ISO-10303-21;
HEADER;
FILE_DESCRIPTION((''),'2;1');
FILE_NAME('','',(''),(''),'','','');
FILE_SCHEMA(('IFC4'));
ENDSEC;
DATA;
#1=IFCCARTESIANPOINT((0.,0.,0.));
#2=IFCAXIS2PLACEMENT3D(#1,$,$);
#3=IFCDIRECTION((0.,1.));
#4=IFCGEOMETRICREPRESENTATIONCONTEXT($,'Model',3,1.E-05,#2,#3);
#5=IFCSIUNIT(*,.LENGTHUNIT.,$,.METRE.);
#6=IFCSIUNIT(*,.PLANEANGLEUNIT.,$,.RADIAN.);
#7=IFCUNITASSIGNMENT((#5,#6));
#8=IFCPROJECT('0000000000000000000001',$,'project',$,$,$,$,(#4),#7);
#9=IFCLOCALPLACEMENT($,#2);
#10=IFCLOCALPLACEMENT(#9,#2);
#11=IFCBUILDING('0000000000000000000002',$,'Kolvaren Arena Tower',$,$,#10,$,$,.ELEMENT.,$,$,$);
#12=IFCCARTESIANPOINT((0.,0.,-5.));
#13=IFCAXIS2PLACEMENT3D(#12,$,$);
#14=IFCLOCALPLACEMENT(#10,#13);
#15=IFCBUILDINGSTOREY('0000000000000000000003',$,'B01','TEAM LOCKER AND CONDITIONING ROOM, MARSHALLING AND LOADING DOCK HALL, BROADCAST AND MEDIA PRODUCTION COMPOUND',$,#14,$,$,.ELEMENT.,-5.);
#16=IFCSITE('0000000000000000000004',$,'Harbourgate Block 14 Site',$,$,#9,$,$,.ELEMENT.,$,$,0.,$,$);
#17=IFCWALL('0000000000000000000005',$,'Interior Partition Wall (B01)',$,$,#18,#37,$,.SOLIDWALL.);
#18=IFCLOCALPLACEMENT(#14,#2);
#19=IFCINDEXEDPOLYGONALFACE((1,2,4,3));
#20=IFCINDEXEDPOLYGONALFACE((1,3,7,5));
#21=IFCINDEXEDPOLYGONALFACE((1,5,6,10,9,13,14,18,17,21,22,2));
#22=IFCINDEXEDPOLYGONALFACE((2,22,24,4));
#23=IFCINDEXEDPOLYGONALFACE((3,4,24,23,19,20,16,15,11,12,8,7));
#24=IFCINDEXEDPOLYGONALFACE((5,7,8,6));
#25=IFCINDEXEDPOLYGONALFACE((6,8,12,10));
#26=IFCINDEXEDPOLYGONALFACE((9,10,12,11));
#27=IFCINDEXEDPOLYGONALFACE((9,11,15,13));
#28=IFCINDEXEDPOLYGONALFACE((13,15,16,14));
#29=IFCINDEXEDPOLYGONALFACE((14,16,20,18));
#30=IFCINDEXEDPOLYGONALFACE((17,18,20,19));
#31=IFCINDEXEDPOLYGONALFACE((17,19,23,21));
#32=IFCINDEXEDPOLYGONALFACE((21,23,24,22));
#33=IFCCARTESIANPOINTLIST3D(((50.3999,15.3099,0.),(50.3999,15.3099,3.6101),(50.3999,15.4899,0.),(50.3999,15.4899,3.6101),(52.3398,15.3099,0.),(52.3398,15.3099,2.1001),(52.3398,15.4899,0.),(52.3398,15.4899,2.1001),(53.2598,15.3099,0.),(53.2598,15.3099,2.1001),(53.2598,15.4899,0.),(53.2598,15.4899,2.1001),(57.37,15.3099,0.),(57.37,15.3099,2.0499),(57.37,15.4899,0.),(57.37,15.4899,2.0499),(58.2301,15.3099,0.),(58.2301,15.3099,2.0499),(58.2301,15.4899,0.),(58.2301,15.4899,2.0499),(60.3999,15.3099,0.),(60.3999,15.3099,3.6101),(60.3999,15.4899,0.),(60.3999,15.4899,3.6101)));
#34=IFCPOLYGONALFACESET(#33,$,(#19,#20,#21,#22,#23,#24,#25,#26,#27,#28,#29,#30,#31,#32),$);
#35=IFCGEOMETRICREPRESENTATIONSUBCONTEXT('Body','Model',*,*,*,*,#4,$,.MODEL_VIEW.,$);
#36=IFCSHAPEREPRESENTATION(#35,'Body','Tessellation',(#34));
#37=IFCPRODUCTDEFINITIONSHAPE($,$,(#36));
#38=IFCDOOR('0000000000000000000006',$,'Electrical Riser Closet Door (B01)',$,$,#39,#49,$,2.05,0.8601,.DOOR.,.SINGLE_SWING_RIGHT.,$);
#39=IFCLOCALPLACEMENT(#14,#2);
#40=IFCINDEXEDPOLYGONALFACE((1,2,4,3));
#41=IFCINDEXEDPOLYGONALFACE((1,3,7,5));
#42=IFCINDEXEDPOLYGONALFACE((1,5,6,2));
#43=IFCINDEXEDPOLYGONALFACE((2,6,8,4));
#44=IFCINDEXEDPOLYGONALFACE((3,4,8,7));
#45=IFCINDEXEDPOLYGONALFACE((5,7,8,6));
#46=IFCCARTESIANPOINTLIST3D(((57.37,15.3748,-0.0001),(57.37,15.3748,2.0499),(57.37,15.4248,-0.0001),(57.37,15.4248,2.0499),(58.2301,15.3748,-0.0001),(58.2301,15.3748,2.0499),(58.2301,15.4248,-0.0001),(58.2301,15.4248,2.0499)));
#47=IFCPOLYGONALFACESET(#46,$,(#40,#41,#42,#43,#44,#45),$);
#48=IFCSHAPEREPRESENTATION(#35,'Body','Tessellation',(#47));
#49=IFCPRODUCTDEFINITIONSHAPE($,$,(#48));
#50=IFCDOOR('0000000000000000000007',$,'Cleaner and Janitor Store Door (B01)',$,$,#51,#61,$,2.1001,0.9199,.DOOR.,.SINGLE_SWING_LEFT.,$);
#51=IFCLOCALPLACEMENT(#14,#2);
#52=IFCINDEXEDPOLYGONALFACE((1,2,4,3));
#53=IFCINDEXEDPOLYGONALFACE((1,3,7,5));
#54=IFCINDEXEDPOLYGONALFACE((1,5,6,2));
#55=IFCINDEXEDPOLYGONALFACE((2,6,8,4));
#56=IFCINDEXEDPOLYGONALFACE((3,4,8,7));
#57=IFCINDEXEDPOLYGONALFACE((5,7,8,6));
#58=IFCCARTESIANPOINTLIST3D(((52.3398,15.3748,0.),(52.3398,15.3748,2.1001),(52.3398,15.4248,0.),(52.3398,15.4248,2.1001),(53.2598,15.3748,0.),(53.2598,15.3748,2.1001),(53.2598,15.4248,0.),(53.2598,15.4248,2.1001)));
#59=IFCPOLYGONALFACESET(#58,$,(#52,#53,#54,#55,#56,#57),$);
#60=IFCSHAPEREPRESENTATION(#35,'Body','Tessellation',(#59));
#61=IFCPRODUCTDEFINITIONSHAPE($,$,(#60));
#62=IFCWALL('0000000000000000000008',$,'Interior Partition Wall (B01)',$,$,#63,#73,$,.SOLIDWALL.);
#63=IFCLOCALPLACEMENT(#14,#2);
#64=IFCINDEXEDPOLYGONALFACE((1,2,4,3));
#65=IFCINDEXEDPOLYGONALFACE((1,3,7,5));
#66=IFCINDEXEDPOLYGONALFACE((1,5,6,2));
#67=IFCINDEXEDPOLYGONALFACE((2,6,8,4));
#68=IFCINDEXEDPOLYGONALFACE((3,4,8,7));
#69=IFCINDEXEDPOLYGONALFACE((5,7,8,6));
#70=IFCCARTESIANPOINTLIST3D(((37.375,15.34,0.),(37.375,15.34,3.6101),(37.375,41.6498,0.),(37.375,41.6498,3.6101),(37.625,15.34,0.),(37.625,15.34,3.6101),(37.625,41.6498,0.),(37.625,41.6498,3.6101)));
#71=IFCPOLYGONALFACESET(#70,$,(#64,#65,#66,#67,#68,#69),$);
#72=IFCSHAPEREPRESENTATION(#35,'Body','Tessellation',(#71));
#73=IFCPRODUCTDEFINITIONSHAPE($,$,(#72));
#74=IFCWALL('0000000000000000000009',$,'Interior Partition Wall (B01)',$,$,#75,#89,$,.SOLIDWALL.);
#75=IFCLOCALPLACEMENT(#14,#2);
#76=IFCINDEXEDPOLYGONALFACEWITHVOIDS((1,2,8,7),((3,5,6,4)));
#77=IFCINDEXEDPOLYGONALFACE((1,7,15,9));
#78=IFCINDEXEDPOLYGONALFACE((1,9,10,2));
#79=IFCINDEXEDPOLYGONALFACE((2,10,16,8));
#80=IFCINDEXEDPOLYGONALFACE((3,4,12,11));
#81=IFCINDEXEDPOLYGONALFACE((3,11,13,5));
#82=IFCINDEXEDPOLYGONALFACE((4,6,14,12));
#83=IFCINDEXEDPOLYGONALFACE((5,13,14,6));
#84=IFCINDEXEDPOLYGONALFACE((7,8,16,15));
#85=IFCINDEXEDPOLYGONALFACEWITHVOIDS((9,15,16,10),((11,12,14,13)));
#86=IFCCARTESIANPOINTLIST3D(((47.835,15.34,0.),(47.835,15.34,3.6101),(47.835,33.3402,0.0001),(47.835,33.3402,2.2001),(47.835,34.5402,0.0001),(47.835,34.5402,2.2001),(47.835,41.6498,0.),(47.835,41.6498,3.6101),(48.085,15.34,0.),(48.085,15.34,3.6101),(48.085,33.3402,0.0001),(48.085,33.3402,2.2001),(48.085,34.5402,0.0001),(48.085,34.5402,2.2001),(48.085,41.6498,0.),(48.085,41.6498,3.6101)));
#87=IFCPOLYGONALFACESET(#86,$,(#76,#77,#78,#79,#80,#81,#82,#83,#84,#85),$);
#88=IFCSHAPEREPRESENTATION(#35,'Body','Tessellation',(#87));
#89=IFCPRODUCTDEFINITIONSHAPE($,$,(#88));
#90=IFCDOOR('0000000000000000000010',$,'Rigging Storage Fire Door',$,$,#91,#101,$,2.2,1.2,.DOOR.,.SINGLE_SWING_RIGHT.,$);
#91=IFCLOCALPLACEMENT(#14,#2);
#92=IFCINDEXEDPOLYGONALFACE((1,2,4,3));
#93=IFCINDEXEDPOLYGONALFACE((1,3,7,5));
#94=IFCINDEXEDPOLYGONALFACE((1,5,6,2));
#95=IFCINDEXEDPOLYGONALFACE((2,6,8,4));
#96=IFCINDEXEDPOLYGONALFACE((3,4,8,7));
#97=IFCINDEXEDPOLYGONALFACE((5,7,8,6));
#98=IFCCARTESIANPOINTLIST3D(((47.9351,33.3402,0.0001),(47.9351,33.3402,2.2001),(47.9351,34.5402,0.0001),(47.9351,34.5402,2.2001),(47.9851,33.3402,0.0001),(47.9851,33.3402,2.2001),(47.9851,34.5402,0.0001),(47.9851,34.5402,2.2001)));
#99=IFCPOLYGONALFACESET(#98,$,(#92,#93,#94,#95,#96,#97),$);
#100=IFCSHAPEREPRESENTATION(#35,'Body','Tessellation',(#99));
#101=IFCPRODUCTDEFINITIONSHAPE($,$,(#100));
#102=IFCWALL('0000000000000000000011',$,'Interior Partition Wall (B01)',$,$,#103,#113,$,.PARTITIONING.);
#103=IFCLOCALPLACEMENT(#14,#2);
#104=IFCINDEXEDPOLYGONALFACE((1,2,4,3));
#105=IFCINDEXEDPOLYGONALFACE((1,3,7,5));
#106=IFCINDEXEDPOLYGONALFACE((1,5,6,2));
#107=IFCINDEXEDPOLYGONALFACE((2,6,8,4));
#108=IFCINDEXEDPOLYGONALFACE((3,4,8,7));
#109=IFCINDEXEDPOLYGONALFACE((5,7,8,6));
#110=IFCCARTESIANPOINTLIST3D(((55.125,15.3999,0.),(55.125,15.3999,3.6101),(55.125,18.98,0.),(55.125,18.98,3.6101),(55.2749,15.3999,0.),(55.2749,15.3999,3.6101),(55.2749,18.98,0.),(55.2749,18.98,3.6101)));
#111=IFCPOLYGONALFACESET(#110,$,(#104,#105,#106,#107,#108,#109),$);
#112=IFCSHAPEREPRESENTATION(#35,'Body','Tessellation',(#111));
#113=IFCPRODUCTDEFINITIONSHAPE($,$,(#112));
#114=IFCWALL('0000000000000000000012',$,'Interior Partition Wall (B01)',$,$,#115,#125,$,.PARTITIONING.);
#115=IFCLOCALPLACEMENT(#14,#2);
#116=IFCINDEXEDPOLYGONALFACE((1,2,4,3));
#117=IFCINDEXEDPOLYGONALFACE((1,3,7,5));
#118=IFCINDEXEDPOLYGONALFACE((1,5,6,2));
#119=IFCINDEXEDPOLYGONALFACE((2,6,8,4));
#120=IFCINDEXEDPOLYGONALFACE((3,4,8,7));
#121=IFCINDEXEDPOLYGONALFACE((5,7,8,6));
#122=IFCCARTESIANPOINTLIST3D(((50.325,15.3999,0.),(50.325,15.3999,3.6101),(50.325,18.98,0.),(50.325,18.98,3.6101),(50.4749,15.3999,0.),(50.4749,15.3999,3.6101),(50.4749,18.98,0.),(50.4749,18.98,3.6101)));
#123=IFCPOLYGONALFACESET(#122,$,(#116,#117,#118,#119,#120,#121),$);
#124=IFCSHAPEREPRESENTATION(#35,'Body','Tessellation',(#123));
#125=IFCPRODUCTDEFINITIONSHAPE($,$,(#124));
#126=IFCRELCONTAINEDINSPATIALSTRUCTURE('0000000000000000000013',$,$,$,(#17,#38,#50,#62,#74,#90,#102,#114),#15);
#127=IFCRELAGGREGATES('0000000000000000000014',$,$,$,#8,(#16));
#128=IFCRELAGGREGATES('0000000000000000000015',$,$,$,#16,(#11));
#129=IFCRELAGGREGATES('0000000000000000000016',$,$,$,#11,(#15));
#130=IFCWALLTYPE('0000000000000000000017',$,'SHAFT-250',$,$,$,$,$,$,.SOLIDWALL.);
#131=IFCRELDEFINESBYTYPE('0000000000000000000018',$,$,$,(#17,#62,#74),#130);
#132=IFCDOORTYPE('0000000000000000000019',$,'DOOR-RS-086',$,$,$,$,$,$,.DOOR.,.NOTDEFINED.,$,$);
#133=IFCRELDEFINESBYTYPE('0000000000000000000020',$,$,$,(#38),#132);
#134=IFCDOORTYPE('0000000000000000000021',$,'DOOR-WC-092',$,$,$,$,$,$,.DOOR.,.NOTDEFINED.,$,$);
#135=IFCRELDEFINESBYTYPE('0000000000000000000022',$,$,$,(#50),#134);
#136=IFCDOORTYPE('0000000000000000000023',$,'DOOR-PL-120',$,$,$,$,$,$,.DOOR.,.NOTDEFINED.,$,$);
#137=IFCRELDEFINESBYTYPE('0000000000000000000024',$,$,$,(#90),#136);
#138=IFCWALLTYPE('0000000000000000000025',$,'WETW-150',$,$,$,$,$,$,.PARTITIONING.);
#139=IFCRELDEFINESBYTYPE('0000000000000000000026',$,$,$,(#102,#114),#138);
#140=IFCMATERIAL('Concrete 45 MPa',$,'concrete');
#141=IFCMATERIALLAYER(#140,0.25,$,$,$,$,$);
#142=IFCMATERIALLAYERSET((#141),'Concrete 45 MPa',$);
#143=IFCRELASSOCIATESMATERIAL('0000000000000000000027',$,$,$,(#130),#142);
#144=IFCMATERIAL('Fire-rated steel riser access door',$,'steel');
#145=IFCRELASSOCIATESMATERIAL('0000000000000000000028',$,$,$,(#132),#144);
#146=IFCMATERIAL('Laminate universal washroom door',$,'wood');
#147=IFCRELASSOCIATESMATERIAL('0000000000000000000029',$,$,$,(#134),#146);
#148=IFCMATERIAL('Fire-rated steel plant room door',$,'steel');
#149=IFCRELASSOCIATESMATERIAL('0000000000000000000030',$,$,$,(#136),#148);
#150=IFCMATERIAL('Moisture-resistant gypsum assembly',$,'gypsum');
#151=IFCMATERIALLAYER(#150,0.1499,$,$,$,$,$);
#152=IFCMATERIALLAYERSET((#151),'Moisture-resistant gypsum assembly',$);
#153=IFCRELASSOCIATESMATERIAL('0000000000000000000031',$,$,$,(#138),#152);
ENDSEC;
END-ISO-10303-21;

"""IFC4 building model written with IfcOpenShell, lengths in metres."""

from ifc_helpers import new_model, si_unit, direction, frame, frame_2d, origin, place, context, subcontext, project, spatial, rectangle, extrude, material, layer, layer_set, type_object, element, fill, save


model = new_model("IFC4")

# Units and contexts
model_context = context("Model", 3, precision=1e-05, world=origin(), true_north=direction((0.0, 1.0)))
body_context = subcontext(model_context, "Body", "Model", "MODEL_VIEW")
ifc_project = project(units=[si_unit("LENGTHUNIT", "METRE"), si_unit("PLANEANGLEUNIT", "RADIAN")], contexts=[model_context])

# Site, building, storey
site_placement = place(None, origin())
site = spatial("IfcSite", under=ifc_project, at=site_placement, Name="Harbourgate Block 14 Site", CompositionType="ELEMENT", RefElevation=0.0)
building_placement = place(site_placement, origin())
building = spatial("IfcBuilding", under=site, at=building_placement, Name="Kolvaren Arena Tower", CompositionType="ELEMENT")
storey_placement = place(building_placement, frame((0.0, 0.0, -5.0)))
storey = spatial("IfcBuildingStorey", under=building, at=storey_placement, Name="B01", Description="TEAM LOCKER AND CONDITIONING ROOM, MARSHALLING AND LOADING DOCK HALL, BROADCAST AND MEDIA PRODUCTION COMPOUND", CompositionType="ELEMENT", Elevation=-5.0)

# Shared definitions
ifc_material_1 = material(Name="Concrete 45 MPa", Category="concrete")
ifc_layer_1 = layer(ifc_material_1, 0.25)
ifc_layer_set_1 = layer_set([ifc_layer_1], Name="Concrete 45 MPa")
wall_type_1 = type_object("IfcWallType", Name="SHAFT-250", PredefinedType="SOLIDWALL", material=ifc_layer_set_1)

# Wall, openings, doors
wall_1_placement = place(storey_placement, frame((50.3999, 15.3999, 0.0), z_axis=(0.0, 0.0, 1.0), x_axis=(1.0, 0.0, 0.0)))
wall_1 = element("IfcWall", 1, at=wall_1_placement, inside=storey, type_object=wall_type_1, Name="Interior Partition Wall (B01)", PredefinedType="SOLIDWALL", context=body_context, shape_type="SweptSolid", body=[
    extrude(rectangle(XDim=10.0, YDim=0.1799, at=frame_2d((5.0, 0.0))), origin(), (0.0, 0.0, 1.0), 3.6101),
])
opening_1_placement = place(wall_1_placement, frame((1.9399, 0.0, 0.0)))
opening_1 = element("IfcOpeningElement", 2, at=opening_1_placement, cuts=wall_1, PredefinedType="OPENING", context=body_context, shape_type="SweptSolid", body=[
    extrude(rectangle(XDim=0.9199, YDim=2.1001, at=frame_2d((0.46, 1.05))), frame((0.0, 0.0999, 0.0), z_axis=(0.0, -1.0, 0.0), x_axis=(1.0, 0.0, 0.0)), (0.0, 0.0, 1.0), 0.2),
])
opening_2_placement = place(wall_1_placement, frame((6.97, 0.0, 0.0)))
opening_2 = element("IfcOpeningElement", 3, at=opening_2_placement, cuts=wall_1, PredefinedType="OPENING", context=body_context, shape_type="SweptSolid", body=[
    extrude(rectangle(XDim=0.8601, YDim=2.05, at=frame_2d((0.4302, 1.0249))), frame((0.0, 0.0999, 0.0), z_axis=(0.0, -1.0, 0.0), x_axis=(1.0, 0.0, 0.0)), (0.0, 0.0, 1.0), 0.2),
])
ifc_material_2 = material(Name="Fire-rated steel riser access door", Category="steel")
door_type_1 = type_object("IfcDoorType", Name="DOOR-RS-086", OperationType="NOTDEFINED", PredefinedType="DOOR", material=ifc_material_2)
door_1_placement = place(opening_2_placement, origin())
door_1 = element("IfcDoor", 4, at=door_1_placement, inside=storey, type_object=door_type_1, Name="Electrical Riser Closet Door (B01)", OperationType="SINGLE_SWING_RIGHT", OverallHeight=2.05, OverallWidth=0.8601, PredefinedType="DOOR", context=body_context, shape_type="SweptSolid", body=[
    extrude(rectangle(XDim=0.8601, YDim=2.05, at=frame_2d((0.4302, 1.0249))), frame((0.0, 0.0249, 0.0), z_axis=(0.0, -1.0, 0.0), x_axis=(1.0, 0.0, 0.0)), (0.0, 0.0, 1.0), 0.05),
])
fill(opening_2, door_1)
ifc_material_3 = material(Name="Laminate universal washroom door", Category="wood")
door_type_2 = type_object("IfcDoorType", Name="DOOR-WC-092", OperationType="NOTDEFINED", PredefinedType="DOOR", material=ifc_material_3)
door_2_placement = place(opening_1_placement, origin())
door_2 = element("IfcDoor", 5, at=door_2_placement, inside=storey, type_object=door_type_2, Name="Cleaner and Janitor Store Door (B01)", OperationType="SINGLE_SWING_LEFT", OverallHeight=2.1001, OverallWidth=0.9199, PredefinedType="DOOR", context=body_context, shape_type="SweptSolid", body=[
    extrude(rectangle(XDim=0.9199, YDim=2.1001, at=frame_2d((0.46, 1.05))), frame((0.0, 0.0249, 0.0), z_axis=(0.0, -1.0, 0.0), x_axis=(1.0, 0.0, 0.0)), (0.0, 0.0, 1.0), 0.05),
])
fill(opening_1, door_2)

# Wall
wall_2_placement = place(storey_placement, frame((37.5, 15.3401, 0.0), z_axis=(0.0, 0.0, 1.0), x_axis=(0.0, 1.0, 0.0)))
element("IfcWall", 6, at=wall_2_placement, inside=storey, type_object=wall_type_1, Name="Interior Partition Wall (B01)", PredefinedType="SOLIDWALL", context=body_context, shape_type="SweptSolid", body=[
    extrude(rectangle(XDim=26.3098, YDim=0.25, at=frame_2d((13.1548, 0.0))), origin(), (0.0, 0.0, 1.0), 3.6101),
])

# Wall, opening, door
wall_3_placement = place(storey_placement, frame((47.96, 15.3401, 0.0), z_axis=(0.0, 0.0, 1.0), x_axis=(0.0, 1.0, 0.0)))
wall_3 = element("IfcWall", 7, at=wall_3_placement, inside=storey, type_object=wall_type_1, Name="Interior Partition Wall (B01)", PredefinedType="SOLIDWALL", context=body_context, shape_type="SweptSolid", body=[
    extrude(rectangle(XDim=26.3098, YDim=0.25, at=frame_2d((13.1548, 0.0))), origin(), (0.0, 0.0, 1.0), 3.6101),
])
opening_3_placement = place(wall_3_placement, frame((18.0, 0.0, 0.0)))
opening_3 = element("IfcOpeningElement", 8, at=opening_3_placement, cuts=wall_3, PredefinedType="OPENING", context=body_context, shape_type="SweptSolid", body=[
    extrude(rectangle(XDim=1.2, YDim=2.2, at=frame_2d((0.6001, 1.1001))), frame((0.0, 0.135, 0.0), z_axis=(0.0, -1.0, 0.0), x_axis=(1.0, 0.0, 0.0)), (0.0, 0.0, 1.0), 0.27),
])
ifc_material_4 = material(Name="Fire-rated steel plant room door", Category="steel")
door_type_3 = type_object("IfcDoorType", Name="DOOR-PL-120", OperationType="NOTDEFINED", PredefinedType="DOOR", material=ifc_material_4)
door_3_placement = place(opening_3_placement, origin())
door_3 = element("IfcDoor", 9, at=door_3_placement, inside=storey, type_object=door_type_3, Name="Rigging Storage Fire Door", OperationType="SINGLE_SWING_RIGHT", OverallHeight=2.2, OverallWidth=1.2, PredefinedType="DOOR", context=body_context, shape_type="SweptSolid", body=[
    extrude(rectangle(XDim=1.2, YDim=2.2, at=frame_2d((0.6001, 1.1001))), frame((0.0, 0.0249, 0.0), z_axis=(0.0, -1.0, 0.0), x_axis=(1.0, 0.0, 0.0)), (0.0, 0.0, 1.0), 0.05),
])
fill(opening_3, door_3)

# Walls
ifc_material_5 = material(Name="Moisture-resistant gypsum assembly", Category="gypsum")
ifc_layer_2 = layer(ifc_material_5, 0.1499)
ifc_layer_set_2 = layer_set([ifc_layer_2], Name="Moisture-resistant gypsum assembly")
wall_type_2 = type_object("IfcWallType", Name="WETW-150", PredefinedType="PARTITIONING", material=ifc_layer_set_2)
for number, where, z_axis, x_axis, name in (
    (10, (55.2, 15.3999, 0.0), (0.0, 0.0, 1.0), (0.0, 1.0, 0.0), "Interior Partition Wall (B01)"),
    (11, (50.3999, 15.3999, 0.0), (0.0, 0.0, 1.0), (0.0, 1.0, 0.0), "Interior Partition Wall (B01)"),
):
    element("IfcWall", number, at=place(storey_placement, frame(where, z_axis=z_axis, x_axis=x_axis)), inside=storey, type_object=wall_type_2, Name=name, PredefinedType="PARTITIONING", context=body_context, shape_type="SweptSolid", body=[
        extrude(rectangle(XDim=3.5801, YDim=0.1499, at=frame_2d((1.79, 0.0))), origin(), (0.0, 0.0, 1.0), 3.6101),
    ])

save(model, "model.ifc")
